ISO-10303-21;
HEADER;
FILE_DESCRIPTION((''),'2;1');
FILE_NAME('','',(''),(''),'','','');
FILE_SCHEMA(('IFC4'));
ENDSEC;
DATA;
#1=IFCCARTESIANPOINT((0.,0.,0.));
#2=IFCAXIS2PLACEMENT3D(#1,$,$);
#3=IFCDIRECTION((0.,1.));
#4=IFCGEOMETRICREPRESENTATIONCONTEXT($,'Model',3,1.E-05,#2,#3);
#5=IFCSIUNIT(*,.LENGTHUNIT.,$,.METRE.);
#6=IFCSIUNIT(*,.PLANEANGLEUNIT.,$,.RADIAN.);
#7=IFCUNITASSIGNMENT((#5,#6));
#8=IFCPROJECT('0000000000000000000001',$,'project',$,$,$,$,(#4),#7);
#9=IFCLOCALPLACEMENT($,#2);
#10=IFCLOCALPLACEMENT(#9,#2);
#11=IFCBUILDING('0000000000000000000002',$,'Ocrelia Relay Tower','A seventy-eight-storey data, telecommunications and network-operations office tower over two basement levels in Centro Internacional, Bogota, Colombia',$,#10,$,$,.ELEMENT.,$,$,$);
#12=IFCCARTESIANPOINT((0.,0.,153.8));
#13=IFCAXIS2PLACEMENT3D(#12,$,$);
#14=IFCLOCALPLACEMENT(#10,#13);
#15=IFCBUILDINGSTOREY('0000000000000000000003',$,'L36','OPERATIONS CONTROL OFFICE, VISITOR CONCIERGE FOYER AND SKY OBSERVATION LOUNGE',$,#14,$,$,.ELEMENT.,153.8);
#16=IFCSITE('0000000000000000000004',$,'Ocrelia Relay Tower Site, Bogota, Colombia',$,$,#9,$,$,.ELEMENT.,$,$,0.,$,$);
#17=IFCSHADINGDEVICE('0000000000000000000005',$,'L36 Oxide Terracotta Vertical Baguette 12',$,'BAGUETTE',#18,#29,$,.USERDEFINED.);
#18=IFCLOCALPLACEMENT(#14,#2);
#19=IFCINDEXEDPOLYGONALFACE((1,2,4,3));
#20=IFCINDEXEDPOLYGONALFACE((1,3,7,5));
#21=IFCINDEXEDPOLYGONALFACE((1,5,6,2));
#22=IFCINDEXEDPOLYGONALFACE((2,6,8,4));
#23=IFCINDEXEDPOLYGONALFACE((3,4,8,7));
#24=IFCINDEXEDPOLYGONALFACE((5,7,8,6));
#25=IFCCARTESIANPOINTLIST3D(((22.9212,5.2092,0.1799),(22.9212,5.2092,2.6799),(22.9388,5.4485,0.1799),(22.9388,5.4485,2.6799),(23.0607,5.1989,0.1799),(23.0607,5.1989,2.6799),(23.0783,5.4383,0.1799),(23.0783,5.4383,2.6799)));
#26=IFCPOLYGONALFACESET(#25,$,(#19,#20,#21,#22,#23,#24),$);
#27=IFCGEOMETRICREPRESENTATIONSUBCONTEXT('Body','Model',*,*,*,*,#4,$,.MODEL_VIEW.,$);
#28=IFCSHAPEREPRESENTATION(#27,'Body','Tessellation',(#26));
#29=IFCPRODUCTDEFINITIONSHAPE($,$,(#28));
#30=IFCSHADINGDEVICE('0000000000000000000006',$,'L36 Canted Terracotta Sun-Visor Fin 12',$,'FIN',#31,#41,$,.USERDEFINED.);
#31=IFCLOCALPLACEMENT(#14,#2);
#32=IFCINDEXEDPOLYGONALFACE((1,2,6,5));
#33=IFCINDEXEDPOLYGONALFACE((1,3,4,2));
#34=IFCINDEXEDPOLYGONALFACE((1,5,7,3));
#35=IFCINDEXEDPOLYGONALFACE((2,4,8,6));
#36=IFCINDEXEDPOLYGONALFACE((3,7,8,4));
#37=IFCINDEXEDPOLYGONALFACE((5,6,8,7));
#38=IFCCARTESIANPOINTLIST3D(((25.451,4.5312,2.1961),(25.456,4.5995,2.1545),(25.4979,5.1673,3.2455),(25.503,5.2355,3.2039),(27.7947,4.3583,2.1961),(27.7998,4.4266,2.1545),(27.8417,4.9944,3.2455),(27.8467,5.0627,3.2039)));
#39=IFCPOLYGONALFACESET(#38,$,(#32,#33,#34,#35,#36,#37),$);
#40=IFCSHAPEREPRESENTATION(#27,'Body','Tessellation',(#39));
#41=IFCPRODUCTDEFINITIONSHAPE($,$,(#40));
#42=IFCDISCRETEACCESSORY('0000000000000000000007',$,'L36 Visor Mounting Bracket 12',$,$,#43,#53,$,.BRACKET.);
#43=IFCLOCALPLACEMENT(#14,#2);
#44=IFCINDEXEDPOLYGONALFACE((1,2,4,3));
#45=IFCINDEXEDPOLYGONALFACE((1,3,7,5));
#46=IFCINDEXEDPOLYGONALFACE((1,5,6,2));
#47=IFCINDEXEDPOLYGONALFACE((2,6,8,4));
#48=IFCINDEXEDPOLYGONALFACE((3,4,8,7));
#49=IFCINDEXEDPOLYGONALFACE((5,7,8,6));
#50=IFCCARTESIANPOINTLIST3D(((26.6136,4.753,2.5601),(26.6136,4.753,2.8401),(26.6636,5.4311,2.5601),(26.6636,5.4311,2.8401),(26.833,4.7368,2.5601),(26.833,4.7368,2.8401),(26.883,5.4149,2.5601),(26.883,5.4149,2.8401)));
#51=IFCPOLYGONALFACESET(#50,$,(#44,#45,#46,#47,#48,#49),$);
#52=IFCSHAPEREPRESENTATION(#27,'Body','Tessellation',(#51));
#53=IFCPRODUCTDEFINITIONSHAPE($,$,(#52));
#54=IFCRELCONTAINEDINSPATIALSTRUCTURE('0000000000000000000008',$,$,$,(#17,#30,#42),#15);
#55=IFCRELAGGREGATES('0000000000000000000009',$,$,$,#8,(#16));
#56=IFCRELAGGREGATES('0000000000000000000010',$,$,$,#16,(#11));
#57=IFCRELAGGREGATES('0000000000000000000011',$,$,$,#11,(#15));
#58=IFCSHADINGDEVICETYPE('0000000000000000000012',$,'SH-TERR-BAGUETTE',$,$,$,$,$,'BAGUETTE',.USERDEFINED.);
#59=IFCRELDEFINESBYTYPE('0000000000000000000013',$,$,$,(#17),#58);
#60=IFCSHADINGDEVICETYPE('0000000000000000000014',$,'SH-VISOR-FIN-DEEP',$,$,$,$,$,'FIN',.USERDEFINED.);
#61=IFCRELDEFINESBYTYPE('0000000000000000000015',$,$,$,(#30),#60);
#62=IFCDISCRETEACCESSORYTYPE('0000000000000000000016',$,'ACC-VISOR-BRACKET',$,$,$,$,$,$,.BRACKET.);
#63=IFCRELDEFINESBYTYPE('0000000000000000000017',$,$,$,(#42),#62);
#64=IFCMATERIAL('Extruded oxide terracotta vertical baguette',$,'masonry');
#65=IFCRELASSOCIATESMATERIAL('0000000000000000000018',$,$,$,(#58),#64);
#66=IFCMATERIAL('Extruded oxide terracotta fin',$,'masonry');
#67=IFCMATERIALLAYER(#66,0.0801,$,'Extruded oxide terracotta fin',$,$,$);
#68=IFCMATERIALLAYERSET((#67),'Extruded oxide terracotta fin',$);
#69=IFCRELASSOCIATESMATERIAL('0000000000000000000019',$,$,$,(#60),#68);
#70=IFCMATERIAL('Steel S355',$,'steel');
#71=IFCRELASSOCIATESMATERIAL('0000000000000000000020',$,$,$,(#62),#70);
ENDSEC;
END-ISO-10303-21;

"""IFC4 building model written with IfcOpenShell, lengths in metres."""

from ifc_helpers import new_model, si_unit, direction, frame, origin, origin_2d, place, context, subcontext, project, spatial, rectangle, extrude, material, layer, layer_set, type_object, element, save


model = new_model("IFC4")

# Units and contexts
model_context = context("Model", 3, precision=1e-05, world=origin(), true_north=direction((0.0, 1.0)))
body_context = subcontext(model_context, "Body", "Model", "MODEL_VIEW")
ifc_project = project(units=[si_unit("LENGTHUNIT", "METRE"), si_unit("PLANEANGLEUNIT", "RADIAN")], contexts=[model_context])

# Site, building, storey
site_placement = place(None, origin())
site = spatial("IfcSite", under=ifc_project, at=site_placement, Name="Ocrelia Relay Tower Site, Bogota, Colombia", CompositionType="ELEMENT", RefElevation=0.0)
building_placement = place(site_placement, origin())
building = spatial("IfcBuilding", under=site, at=building_placement, Name="Ocrelia Relay Tower", Description="A seventy-eight-storey data, telecommunications and network-operations office tower over two basement levels in Centro Internacional, Bogota, Colombia", CompositionType="ELEMENT")
storey_placement = place(building_placement, frame((0.0, 0.0, 153.8)))
storey = spatial("IfcBuildingStorey", under=building, at=storey_placement, Name="L36", Description="OPERATIONS CONTROL OFFICE, VISITOR CONCIERGE FOYER AND SKY OBSERVATION LOUNGE", CompositionType="ELEMENT", Elevation=153.8)

# Shared definitions
ifc_material_1 = material(Name="Steel S355", Category="steel")

# Shading devices
ifc_material_2 = material(Name="Extruded oxide terracotta vertical baguette", Category="masonry")
shading_device_type_1 = type_object("IfcShadingDeviceType", Name="SH-TERR-BAGUETTE", ElementType="BAGUETTE", PredefinedType="USERDEFINED", material=ifc_material_2)
shading_device_1_placement = place(storey_placement, frame((22.9998, 5.3237, 0.1799), z_axis=(0.0, 0.0, 1.0), x_axis=(0.997291, -0.073563, 0.0)))
element("IfcShadingDevice", 1, at=shading_device_1_placement, inside=storey, type_object=shading_device_type_1, Name="L36 Oxide Terracotta Vertical Baguette 12", ObjectType="BAGUETTE", PredefinedType="USERDEFINED", context=body_context, shape_type="SweptSolid", body=[
    extrude(rectangle(XDim=0.1399, YDim=0.24, at=origin_2d()), origin(), (0.0, 0.0, 1.0), 2.5),
])
ifc_material_3 = material(Name="Extruded oxide terracotta fin", Category="masonry")
ifc_layer_1 = layer(ifc_material_3, 0.0801, Name="Extruded oxide terracotta fin")
ifc_layer_set_1 = layer_set([ifc_layer_1], Name="Extruded oxide terracotta fin")
shading_device_type_2 = type_object("IfcShadingDeviceType", Name="SH-VISOR-FIN-DEEP", ElementType="FIN", PredefinedType="USERDEFINED", material=ifc_layer_set_1)
shading_device_2_placement = place(storey_placement, frame((26.6514, 4.8311, 2.6792), z_axis=(-0.062863, -0.852234, 0.51937), x_axis=(0.997291, -0.073563, 0.0)))
element("IfcShadingDevice", 2, at=shading_device_2_placement, inside=storey, type_object=shading_device_type_2, Name="L36 Canted Terracotta Sun-Visor Fin 12", ObjectType="FIN", PredefinedType="USERDEFINED", context=body_context, shape_type="SweptSolid", body=[
    extrude(rectangle(XDim=2.3501, YDim=1.228, at=origin_2d()), origin(), (0.0, 0.0, 1.0), 0.0801),
])

# Discrete accessory
discrete_accessory_type = type_object("IfcDiscreteAccessoryType", Name="ACC-VISOR-BRACKET", PredefinedType="BRACKET", material=ifc_material_1)
discrete_accessory_placement = place(storey_placement, frame((26.7483, 5.084, 2.5601), z_axis=(0.0, 0.0, 1.0), x_axis=(0.997291, -0.073563, 0.0)))
element("IfcDiscreteAccessory", 3, at=discrete_accessory_placement, inside=storey, type_object=discrete_accessory_type, Name="L36 Visor Mounting Bracket 12", PredefinedType="BRACKET", context=body_context, shape_type="SweptSolid", body=[
    extrude(rectangle(XDim=0.22, YDim=0.6799, at=origin_2d()), origin(), (0.0, 0.0, 1.0), 0.28),
])

save(model, "model.ifc")
